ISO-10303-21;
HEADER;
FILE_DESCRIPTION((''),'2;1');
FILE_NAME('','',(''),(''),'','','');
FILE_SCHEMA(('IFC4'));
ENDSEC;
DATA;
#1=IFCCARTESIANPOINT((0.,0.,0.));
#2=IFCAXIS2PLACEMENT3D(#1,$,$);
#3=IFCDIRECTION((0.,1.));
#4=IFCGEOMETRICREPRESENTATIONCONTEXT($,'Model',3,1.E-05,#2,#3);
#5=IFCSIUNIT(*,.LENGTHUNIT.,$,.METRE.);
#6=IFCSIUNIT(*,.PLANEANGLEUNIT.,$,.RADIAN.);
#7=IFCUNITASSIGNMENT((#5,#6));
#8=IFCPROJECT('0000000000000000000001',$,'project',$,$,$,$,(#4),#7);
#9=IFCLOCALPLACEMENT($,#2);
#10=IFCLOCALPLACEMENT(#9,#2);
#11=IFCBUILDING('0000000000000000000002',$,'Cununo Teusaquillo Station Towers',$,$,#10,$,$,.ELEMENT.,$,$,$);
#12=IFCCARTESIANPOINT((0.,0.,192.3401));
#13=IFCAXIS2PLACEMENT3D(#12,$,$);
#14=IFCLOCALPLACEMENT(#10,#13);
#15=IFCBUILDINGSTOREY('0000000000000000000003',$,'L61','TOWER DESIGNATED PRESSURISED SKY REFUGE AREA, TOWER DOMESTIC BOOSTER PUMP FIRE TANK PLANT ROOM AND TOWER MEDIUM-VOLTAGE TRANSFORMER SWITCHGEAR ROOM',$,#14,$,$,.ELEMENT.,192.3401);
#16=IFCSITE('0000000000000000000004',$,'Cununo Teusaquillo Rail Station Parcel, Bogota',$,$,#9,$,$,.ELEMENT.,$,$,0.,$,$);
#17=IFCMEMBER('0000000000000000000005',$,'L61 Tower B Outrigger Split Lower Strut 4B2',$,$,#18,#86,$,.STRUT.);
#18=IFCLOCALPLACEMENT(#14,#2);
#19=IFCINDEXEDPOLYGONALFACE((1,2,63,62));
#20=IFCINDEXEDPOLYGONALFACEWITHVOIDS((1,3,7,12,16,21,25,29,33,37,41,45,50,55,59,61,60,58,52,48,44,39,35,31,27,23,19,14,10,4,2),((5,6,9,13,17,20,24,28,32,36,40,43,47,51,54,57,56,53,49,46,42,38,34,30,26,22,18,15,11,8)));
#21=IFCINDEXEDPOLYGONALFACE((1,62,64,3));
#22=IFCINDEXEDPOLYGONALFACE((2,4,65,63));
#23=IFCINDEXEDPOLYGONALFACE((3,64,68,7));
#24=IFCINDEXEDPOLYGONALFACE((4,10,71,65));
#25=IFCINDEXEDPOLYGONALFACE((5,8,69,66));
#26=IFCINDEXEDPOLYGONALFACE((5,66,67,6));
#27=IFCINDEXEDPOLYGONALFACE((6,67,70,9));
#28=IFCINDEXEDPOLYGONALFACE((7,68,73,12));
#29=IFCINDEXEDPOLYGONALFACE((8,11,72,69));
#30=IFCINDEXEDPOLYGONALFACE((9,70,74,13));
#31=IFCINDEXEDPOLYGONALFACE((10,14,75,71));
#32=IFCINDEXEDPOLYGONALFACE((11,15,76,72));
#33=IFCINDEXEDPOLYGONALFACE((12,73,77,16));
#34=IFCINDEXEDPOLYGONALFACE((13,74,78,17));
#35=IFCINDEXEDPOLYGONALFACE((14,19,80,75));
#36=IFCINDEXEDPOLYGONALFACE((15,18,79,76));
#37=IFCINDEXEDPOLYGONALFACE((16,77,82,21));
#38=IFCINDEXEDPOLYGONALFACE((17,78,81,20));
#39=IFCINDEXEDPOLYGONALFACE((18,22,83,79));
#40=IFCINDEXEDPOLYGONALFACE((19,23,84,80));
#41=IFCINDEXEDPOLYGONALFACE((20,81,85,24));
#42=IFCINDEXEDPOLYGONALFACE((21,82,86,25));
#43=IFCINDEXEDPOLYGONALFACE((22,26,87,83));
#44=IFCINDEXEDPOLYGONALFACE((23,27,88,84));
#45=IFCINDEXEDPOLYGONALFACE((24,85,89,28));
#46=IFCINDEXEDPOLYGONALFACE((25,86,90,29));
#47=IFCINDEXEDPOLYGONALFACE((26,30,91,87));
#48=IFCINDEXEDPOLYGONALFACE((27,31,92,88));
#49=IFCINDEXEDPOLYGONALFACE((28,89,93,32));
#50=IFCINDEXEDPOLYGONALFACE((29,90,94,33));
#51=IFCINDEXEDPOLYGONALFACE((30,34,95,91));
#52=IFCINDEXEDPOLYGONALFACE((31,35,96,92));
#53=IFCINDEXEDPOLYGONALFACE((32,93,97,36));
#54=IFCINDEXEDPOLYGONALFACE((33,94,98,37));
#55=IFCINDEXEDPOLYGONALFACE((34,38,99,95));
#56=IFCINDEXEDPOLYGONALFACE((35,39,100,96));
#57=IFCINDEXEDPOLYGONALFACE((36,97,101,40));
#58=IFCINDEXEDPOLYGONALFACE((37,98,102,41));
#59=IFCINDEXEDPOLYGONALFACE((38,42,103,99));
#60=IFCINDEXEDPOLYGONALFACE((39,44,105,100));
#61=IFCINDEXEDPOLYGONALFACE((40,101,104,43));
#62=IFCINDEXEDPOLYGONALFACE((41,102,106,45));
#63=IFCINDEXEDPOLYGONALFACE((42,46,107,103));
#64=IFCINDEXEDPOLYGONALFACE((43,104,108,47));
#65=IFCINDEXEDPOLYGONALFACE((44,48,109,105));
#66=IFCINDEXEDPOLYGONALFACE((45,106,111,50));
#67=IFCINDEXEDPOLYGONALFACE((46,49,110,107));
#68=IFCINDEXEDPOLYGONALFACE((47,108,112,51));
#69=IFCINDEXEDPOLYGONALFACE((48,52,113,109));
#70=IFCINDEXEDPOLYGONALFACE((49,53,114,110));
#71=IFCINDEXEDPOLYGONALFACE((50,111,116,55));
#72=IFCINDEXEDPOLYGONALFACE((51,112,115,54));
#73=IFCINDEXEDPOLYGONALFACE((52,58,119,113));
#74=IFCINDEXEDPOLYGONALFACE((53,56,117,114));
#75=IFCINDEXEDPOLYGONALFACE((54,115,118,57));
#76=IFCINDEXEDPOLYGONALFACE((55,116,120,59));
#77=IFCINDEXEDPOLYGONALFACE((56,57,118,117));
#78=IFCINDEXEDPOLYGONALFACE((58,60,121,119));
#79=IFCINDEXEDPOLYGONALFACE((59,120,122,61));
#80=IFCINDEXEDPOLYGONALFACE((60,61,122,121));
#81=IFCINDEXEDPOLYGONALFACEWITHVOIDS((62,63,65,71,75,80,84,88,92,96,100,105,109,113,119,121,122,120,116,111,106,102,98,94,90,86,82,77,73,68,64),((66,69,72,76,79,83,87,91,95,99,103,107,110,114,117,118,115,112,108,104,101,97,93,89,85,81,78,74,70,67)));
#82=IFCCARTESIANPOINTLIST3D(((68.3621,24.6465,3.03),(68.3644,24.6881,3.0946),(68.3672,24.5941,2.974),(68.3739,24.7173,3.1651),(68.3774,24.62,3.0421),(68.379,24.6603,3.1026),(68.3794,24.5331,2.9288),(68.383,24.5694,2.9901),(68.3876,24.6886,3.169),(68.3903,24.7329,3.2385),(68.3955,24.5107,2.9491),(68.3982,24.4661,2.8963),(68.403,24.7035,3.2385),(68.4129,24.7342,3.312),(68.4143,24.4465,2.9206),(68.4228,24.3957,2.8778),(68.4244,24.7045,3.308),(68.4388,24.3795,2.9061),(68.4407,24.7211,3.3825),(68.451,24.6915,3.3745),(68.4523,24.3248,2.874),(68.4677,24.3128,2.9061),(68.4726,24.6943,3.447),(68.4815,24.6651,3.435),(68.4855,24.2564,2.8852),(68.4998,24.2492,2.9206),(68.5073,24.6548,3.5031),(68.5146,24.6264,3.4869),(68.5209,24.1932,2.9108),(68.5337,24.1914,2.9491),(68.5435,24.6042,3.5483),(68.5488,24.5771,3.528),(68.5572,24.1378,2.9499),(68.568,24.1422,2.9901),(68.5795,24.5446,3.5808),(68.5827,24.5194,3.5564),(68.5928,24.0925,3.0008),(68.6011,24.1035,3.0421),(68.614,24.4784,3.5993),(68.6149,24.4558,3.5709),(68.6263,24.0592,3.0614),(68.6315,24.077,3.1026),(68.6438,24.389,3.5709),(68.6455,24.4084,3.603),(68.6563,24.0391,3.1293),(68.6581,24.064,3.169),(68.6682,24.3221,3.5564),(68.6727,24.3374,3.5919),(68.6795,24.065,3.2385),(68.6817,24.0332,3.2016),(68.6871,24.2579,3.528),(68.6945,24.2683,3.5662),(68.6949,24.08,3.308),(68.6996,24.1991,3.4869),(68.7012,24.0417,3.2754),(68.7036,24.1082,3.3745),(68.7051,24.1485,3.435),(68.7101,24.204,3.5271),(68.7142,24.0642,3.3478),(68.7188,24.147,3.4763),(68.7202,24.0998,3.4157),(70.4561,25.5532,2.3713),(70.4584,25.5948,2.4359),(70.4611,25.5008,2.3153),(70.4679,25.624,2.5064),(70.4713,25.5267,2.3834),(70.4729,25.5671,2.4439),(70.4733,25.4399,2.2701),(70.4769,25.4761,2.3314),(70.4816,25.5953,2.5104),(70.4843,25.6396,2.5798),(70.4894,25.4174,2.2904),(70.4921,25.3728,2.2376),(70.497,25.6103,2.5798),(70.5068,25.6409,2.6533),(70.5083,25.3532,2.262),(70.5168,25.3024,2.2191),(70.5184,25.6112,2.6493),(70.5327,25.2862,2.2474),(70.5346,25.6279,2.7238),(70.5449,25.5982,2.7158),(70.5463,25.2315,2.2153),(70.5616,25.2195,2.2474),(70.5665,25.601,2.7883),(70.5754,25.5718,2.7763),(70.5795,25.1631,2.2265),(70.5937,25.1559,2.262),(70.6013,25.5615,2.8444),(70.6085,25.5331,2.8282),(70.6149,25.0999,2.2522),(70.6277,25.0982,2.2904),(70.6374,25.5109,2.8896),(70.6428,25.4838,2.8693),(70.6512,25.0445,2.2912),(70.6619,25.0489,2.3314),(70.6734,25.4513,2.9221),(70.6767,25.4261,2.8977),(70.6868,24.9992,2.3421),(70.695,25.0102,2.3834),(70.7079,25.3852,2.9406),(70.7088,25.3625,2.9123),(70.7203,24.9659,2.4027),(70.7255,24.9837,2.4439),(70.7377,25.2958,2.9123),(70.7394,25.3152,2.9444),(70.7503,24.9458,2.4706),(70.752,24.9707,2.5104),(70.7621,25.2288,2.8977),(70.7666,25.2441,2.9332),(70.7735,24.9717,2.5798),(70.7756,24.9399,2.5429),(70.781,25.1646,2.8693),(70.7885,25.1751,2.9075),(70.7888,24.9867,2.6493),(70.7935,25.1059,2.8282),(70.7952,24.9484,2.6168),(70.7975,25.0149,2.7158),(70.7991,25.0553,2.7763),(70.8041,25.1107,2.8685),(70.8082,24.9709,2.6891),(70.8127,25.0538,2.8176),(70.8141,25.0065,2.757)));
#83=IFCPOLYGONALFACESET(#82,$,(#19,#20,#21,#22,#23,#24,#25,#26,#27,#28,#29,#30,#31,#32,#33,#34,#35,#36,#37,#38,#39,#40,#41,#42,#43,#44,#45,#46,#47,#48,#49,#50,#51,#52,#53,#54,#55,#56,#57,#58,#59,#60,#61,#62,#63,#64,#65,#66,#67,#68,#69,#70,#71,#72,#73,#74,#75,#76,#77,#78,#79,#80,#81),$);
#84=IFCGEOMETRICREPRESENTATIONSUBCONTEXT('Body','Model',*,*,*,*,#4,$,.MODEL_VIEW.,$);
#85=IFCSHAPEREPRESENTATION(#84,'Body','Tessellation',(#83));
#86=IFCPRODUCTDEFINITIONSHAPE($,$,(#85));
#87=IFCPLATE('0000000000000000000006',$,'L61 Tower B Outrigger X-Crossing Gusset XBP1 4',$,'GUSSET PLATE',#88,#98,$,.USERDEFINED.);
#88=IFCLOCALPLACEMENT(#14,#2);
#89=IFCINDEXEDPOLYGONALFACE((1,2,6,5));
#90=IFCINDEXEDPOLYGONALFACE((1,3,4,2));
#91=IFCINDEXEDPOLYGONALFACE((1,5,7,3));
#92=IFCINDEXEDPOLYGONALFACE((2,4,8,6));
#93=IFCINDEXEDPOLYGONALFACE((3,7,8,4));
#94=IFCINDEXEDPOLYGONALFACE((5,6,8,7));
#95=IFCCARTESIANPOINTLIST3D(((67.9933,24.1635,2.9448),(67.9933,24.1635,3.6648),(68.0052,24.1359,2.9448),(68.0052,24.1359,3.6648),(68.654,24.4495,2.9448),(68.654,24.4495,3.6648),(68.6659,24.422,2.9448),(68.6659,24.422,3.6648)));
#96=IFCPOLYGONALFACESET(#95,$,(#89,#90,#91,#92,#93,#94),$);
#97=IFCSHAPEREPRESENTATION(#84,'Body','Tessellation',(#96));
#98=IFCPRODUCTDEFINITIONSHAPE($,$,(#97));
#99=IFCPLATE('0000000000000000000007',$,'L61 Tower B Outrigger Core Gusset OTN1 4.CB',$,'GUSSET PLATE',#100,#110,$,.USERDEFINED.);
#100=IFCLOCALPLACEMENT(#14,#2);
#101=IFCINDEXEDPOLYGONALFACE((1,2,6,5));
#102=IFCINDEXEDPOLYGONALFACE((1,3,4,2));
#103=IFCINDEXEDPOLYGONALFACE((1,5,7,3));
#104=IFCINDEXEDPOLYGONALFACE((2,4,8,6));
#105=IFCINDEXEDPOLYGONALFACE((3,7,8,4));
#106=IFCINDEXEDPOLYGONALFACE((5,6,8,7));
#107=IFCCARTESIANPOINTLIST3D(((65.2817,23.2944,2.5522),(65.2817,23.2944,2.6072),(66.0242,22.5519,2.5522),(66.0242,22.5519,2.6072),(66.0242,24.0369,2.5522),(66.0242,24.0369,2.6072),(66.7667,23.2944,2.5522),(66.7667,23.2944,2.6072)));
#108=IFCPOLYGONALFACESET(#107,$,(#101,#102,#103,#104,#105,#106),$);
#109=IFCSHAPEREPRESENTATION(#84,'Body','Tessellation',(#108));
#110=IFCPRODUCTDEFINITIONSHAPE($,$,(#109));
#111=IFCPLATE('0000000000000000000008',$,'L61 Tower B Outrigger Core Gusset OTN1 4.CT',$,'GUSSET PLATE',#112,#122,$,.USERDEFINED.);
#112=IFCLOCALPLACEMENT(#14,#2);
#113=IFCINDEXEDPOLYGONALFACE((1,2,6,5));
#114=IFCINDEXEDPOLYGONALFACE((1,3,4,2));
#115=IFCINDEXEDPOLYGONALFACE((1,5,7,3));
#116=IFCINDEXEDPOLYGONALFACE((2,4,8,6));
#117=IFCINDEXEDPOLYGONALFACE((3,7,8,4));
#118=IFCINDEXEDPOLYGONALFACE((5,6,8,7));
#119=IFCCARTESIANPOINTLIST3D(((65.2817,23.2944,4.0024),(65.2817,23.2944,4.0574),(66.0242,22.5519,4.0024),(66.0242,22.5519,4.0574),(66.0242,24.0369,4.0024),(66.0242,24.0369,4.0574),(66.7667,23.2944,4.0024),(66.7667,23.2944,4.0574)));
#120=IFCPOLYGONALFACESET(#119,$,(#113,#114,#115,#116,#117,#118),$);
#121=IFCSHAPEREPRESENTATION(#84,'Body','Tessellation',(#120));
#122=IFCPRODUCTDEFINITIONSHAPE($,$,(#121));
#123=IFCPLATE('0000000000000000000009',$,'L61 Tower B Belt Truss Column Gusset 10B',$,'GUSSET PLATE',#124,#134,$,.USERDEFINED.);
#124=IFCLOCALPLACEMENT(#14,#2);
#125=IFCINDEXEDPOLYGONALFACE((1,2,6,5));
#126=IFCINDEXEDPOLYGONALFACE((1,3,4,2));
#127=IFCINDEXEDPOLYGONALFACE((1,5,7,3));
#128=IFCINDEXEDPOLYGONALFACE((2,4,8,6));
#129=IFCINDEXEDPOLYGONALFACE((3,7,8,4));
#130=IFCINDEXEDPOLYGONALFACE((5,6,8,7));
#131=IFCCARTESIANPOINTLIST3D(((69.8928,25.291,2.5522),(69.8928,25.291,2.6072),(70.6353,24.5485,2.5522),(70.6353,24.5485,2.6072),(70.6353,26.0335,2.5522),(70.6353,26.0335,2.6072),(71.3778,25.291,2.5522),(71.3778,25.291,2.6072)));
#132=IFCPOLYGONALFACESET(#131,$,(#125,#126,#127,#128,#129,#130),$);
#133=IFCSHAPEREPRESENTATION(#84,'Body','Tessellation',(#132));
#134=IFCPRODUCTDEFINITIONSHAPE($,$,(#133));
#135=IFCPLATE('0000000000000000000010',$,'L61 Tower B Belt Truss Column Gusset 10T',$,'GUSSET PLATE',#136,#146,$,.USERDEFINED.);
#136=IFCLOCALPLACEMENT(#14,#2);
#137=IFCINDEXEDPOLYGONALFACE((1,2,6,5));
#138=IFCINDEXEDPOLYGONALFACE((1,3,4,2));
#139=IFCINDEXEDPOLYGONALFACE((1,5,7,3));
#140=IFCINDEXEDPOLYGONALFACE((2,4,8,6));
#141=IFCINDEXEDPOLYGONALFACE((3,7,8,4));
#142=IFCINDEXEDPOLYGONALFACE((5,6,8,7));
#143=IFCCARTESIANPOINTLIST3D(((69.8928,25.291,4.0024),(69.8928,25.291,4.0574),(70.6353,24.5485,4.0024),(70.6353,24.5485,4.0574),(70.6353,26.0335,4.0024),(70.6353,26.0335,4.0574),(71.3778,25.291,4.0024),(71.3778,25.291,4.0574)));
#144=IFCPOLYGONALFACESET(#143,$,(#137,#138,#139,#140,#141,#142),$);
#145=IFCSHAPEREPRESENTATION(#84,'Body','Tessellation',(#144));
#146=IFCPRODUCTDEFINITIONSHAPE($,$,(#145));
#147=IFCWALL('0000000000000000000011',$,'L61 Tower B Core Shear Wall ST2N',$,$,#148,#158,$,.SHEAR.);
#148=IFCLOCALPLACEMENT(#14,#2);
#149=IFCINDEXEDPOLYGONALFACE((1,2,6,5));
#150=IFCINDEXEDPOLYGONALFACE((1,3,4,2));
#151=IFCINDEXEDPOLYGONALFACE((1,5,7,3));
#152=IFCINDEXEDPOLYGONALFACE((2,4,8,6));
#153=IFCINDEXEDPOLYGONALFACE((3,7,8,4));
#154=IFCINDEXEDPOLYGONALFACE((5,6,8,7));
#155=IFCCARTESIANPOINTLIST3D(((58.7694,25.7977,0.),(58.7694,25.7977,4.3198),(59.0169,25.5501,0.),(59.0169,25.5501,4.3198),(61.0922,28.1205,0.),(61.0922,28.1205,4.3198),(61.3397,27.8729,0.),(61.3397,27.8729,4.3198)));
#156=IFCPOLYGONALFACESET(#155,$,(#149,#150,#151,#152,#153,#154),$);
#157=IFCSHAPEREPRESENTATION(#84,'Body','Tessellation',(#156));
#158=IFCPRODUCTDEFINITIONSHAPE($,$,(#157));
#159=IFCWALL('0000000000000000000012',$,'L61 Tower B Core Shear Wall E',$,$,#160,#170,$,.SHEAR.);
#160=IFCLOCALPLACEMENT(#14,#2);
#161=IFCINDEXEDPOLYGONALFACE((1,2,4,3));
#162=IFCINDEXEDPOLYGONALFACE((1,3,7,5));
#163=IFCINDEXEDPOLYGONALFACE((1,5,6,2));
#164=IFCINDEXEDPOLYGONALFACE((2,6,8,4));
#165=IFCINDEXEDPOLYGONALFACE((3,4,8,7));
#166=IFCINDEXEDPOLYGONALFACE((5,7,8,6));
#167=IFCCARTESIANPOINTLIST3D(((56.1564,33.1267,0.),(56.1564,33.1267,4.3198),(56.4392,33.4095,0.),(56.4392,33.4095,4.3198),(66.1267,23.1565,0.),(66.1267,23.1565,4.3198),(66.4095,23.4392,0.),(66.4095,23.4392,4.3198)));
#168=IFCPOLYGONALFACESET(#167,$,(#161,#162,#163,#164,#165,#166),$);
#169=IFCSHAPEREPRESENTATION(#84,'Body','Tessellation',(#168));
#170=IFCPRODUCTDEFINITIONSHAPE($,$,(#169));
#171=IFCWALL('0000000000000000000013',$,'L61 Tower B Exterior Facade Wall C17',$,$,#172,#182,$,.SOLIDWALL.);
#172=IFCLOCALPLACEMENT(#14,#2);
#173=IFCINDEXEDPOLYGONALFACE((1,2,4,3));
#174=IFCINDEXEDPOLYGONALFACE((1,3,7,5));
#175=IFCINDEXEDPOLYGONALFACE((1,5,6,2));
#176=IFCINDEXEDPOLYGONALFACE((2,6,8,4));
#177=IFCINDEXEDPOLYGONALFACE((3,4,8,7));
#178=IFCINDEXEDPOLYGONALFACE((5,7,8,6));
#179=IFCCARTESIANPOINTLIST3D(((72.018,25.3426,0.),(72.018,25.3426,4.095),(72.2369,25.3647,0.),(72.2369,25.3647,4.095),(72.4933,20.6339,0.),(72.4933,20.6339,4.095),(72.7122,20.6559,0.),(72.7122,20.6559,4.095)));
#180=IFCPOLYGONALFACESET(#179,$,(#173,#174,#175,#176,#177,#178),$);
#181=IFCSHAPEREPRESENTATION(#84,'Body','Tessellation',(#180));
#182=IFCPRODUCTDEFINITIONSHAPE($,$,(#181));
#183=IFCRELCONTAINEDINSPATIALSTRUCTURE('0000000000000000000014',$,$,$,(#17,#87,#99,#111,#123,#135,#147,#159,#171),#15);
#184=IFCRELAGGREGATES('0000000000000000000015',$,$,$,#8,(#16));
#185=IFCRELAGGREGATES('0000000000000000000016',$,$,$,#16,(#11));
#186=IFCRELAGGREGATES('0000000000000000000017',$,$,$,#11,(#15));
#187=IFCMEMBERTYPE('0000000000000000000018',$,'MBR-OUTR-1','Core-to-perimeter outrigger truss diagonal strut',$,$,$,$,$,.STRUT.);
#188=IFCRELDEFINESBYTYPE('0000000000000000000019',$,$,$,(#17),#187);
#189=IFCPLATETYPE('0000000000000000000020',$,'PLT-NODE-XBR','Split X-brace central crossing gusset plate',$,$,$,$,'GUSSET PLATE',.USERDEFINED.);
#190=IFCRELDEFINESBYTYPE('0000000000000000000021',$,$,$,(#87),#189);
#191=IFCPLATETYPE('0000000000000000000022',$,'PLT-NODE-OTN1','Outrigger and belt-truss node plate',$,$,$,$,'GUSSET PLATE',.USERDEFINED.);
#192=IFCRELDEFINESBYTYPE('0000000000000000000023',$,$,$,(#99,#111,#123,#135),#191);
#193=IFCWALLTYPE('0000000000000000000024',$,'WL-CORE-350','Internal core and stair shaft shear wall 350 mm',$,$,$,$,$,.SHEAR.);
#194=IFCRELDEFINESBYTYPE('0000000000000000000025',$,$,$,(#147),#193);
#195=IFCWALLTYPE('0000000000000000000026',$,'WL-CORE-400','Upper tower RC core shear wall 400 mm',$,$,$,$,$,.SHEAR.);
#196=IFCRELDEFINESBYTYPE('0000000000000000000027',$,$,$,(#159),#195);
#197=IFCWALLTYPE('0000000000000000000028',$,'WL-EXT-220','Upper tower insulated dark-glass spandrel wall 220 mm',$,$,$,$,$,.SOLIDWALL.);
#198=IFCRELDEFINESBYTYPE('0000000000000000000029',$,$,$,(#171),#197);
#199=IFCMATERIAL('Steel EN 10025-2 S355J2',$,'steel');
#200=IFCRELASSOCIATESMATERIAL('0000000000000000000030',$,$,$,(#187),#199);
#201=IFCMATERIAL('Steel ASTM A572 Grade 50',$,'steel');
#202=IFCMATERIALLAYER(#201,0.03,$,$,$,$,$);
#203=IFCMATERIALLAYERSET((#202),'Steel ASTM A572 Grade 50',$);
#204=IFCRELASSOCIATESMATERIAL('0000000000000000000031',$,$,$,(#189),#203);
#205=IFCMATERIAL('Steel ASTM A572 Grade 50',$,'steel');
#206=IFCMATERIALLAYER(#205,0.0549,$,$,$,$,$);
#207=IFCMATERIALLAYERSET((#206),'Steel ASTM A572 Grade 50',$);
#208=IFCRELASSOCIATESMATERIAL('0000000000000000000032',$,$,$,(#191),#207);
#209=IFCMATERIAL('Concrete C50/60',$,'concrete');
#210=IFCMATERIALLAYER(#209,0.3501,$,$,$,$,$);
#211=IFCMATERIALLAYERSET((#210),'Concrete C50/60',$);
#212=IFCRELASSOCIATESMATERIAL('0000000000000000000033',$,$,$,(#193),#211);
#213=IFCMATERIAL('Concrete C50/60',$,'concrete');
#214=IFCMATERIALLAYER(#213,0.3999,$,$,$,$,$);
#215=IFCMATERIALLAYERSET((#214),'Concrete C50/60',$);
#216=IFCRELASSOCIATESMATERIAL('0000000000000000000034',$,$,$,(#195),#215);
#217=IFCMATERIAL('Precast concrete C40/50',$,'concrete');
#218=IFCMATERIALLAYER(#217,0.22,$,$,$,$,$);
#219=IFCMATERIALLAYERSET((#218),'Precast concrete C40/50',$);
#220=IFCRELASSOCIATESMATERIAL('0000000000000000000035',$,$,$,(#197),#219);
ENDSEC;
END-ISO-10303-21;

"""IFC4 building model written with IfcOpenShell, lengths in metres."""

from ifc_helpers import new_model, si_unit, direction, frame, frame_2d, origin, origin_2d, place, context, subcontext, project, spatial, rectangle, hollow_circle, extrude, source, transform, mapped, material, layer, layer_set, material_profile, profile_set, type_object, element, save


model = new_model("IFC4")

# Units and contexts
model_context = context("Model", 3, precision=1e-05, world=origin(), true_north=direction((0.0, 1.0)))
body_context = subcontext(model_context, "Body", "Model", "MODEL_VIEW")
ifc_project = project(units=[si_unit("LENGTHUNIT", "METRE"), si_unit("PLANEANGLEUNIT", "RADIAN")], contexts=[model_context])

# Site, building, storey
site_placement = place(None, origin())
site = spatial("IfcSite", under=ifc_project, at=site_placement, Name="Cununo Teusaquillo Rail Station Parcel, Bogota", CompositionType="ELEMENT", RefElevation=0.0)
building_placement = place(site_placement, origin())
building = spatial("IfcBuilding", under=site, at=building_placement, Name="Cununo Teusaquillo Station Towers", CompositionType="ELEMENT")
storey_placement = place(building_placement, frame((0.0, 0.0, 192.3401)))
storey = spatial("IfcBuildingStorey", under=building, at=storey_placement, Name="L61", Description="TOWER DESIGNATED PRESSURISED SKY REFUGE AREA, TOWER DOMESTIC BOOSTER PUMP FIRE TANK PLANT ROOM AND TOWER MEDIUM-VOLTAGE TRANSFORMER SWITCHGEAR ROOM", CompositionType="ELEMENT", Elevation=192.3401)

# Member
ifc_material_1 = material(Name="Steel EN 10025-2 S355J2", Category="steel")
ifc_material_profile_1 = material_profile(ifc_material_1, hollow_circle(Radius=0.3799, WallThickness=0.032, at=origin_2d()), Name="CHS 760x32")
ifc_profile_set_1 = profile_set([ifc_material_profile_1], Name="Steel EN 10025-2 S355J2")
member_type_1 = type_object("IfcMemberType", Name="MBR-OUTR-1", Description="Core-to-perimeter outrigger truss diagonal strut", PredefinedType="STRUT", material=ifc_profile_set_1)
for number, where, z_axis, x_axis, name in (
    (1, (68.5413, 24.3843, 3.2385), (0.881663, 0.381777, -0.277338), (-0.397364, 0.917661, 0.0), "L61 Tower B Outrigger Split Lower Strut 4B2"),
):
    element("IfcMember", number, at=place(storey_placement, frame(where, z_axis=z_axis, x_axis=x_axis)), inside=storey, type_object=member_type_1, Name=name, PredefinedType="STRUT", context=body_context, shape_type="SweptSolid", body=[
        extrude(hollow_circle(Radius=0.3799, WallThickness=0.032, at=origin_2d()), origin(), (0.0, 0.0, 1.0), 2.375),
    ])

# Plates
ifc_material_2 = material(Name="Steel ASTM A572 Grade 50", Category="steel")
ifc_layer_1 = layer(ifc_material_2, 0.03)
ifc_layer_set_1 = layer_set([ifc_layer_1], Name="Steel ASTM A572 Grade 50")
plate_type_1 = type_object("IfcPlateType", Name="PLT-NODE-XBR", Description="Split X-brace central crossing gusset plate", ElementType="GUSSET PLATE", PredefinedType="USERDEFINED", material=ifc_layer_set_1)
shared_shape_1 = source(origin(), body_context, "Body", "SweptSolid", [
    extrude(rectangle(XDim=0.72, YDim=0.03, at=origin_2d()), origin(), (0.0, 0.0, 1.0), 0.72),
])
plate_placement = place(storey_placement, frame((68.3296, 24.2927, 2.9448), z_axis=(0.0, 0.0, 1.0), x_axis=(0.917685, 0.397308, 0.0)))
element("IfcPlate", 2, at=plate_placement, inside=storey, type_object=plate_type_1, Name="L61 Tower B Outrigger X-Crossing Gusset XBP1 4", ObjectType="GUSSET PLATE", PredefinedType="USERDEFINED", context=body_context, shape_type="MappedRepresentation", body=[
    mapped(shared_shape_1, transform((0.0, 0.0, 0.0), x_axis=(1.0, 0.0, 0.0), y_axis=(0.0, 1.0, 0.0), z_axis=(0.0, 0.0, 1.0), scale=1.0)),
])
ifc_material_3 = material(Name="Steel ASTM A572 Grade 50", Category="steel")
ifc_layer_2 = layer(ifc_material_3, 0.0549)
ifc_layer_set_2 = layer_set([ifc_layer_2], Name="Steel ASTM A572 Grade 50")
plate_type_2 = type_object("IfcPlateType", Name="PLT-NODE-OTN1", Description="Outrigger and belt-truss node plate", ElementType="GUSSET PLATE", PredefinedType="USERDEFINED", material=ifc_layer_set_2)
shared_shape_2 = source(origin(), body_context, "Body", "SweptSolid", [
    extrude(rectangle(XDim=1.05, YDim=1.05, at=origin_2d()), origin(), (0.0, 0.0, 1.0), 0.0549),
])
for number, where, z_axis, x_axis, name in (
    (3, (66.0242, 23.2944, 2.5522), (0.0, 0.0, 1.0), (0.707107, 0.707107, 0.0), "L61 Tower B Outrigger Core Gusset OTN1 4.CB"),
    (4, (66.0242, 23.2944, 4.0024), (0.0, 0.0, 1.0), (0.707107, 0.707107, 0.0), "L61 Tower B Outrigger Core Gusset OTN1 4.CT"),
    (5, (70.6353, 25.291, 2.5522), (0.0, 0.0, 1.0), (0.707107, 0.707107, 0.0), "L61 Tower B Belt Truss Column Gusset 10B"),
    (6, (70.6353, 25.291, 4.0024), (0.0, 0.0, 1.0), (0.707107, 0.707107, 0.0), "L61 Tower B Belt Truss Column Gusset 10T"),
):
    element("IfcPlate", number, at=place(storey_placement, frame(where, z_axis=z_axis, x_axis=x_axis)), inside=storey, type_object=plate_type_2, Name=name, ObjectType="GUSSET PLATE", PredefinedType="USERDEFINED", context=body_context, shape_type="MappedRepresentation", body=[
        mapped(shared_shape_2, transform((0.0, 0.0, 0.0), x_axis=(1.0, 0.0, 0.0), y_axis=(0.0, 1.0, 0.0), z_axis=(0.0, 0.0, 1.0), scale=1.0)),
    ])

# Walls
ifc_material_4 = material(Name="Concrete C50/60", Category="concrete")
ifc_layer_3 = layer(ifc_material_4, 0.3501)
ifc_layer_set_3 = layer_set([ifc_layer_3], Name="Concrete C50/60")
wall_type_1 = type_object("IfcWallType", Name="WL-CORE-350", Description="Internal core and stair shaft shear wall 350 mm", PredefinedType="SHEAR", material=ifc_layer_set_3)
wall_1_placement = place(storey_placement, frame((58.8931, 25.6738, 0.0), z_axis=(0.0, 0.0, 1.0), x_axis=(0.707107, 0.707107, 0.0)))
element("IfcWall", 7, at=wall_1_placement, inside=storey, type_object=wall_type_1, Name="L61 Tower B Core Shear Wall ST2N", PredefinedType="SHEAR", context=body_context, shape_type="SweptSolid", body=[
    extrude(rectangle(XDim=3.2849, YDim=0.3501, at=frame_2d((1.6426, 0.0))), origin(), (0.0, 0.0, 1.0), 4.3198),
])
ifc_material_5 = material(Name="Concrete C50/60", Category="concrete")
ifc_layer_4 = layer(ifc_material_5, 0.3999)
ifc_layer_set_4 = layer_set([ifc_layer_4], Name="Concrete C50/60")
wall_type_2 = type_object("IfcWallType", Name="WL-CORE-400", Description="Upper tower RC core shear wall 400 mm", PredefinedType="SHEAR", material=ifc_layer_set_4)
wall_2_placement = place(storey_placement, frame((66.2681, 23.2979, 0.0), z_axis=(0.0, 0.0, 1.0), x_axis=(-0.707107, 0.707107, 0.0)))
element("IfcWall", 8, at=wall_2_placement, inside=storey, type_object=wall_type_2, Name="L61 Tower B Core Shear Wall E", PredefinedType="SHEAR", context=body_context, shape_type="SweptSolid", body=[
    extrude(rectangle(XDim=14.1001, YDim=0.3999, at=frame_2d((7.05, 0.0))), origin(), (0.0, 0.0, 1.0), 4.3198),
])
ifc_material_6 = material(Name="Precast concrete C40/50", Category="concrete")
ifc_layer_5 = layer(ifc_material_6, 0.22)
ifc_layer_set_5 = layer_set([ifc_layer_5], Name="Precast concrete C40/50")
wall_type_3 = type_object("IfcWallType", Name="WL-EXT-220", Description="Upper tower insulated dark-glass spandrel wall 220 mm", PredefinedType="SOLIDWALL", material=ifc_layer_set_5)
wall_3_placement = place(storey_placement, frame((72.1274, 25.3535, 0.0), z_axis=(0.0, 0.0, 1.0), x_axis=(0.100438, -0.994943, 0.0)))
element("IfcWall", 9, at=wall_3_placement, inside=storey, type_object=wall_type_3, Name="L61 Tower B Exterior Facade Wall C17", PredefinedType="SOLIDWALL", context=body_context, shape_type="SweptSolid", body=[
    extrude(rectangle(XDim=4.7327, YDim=0.22, at=frame_2d((2.3662, 0.0))), origin(), (0.0, 0.0, 1.0), 4.095),
])

save(model, "model.ifc")
